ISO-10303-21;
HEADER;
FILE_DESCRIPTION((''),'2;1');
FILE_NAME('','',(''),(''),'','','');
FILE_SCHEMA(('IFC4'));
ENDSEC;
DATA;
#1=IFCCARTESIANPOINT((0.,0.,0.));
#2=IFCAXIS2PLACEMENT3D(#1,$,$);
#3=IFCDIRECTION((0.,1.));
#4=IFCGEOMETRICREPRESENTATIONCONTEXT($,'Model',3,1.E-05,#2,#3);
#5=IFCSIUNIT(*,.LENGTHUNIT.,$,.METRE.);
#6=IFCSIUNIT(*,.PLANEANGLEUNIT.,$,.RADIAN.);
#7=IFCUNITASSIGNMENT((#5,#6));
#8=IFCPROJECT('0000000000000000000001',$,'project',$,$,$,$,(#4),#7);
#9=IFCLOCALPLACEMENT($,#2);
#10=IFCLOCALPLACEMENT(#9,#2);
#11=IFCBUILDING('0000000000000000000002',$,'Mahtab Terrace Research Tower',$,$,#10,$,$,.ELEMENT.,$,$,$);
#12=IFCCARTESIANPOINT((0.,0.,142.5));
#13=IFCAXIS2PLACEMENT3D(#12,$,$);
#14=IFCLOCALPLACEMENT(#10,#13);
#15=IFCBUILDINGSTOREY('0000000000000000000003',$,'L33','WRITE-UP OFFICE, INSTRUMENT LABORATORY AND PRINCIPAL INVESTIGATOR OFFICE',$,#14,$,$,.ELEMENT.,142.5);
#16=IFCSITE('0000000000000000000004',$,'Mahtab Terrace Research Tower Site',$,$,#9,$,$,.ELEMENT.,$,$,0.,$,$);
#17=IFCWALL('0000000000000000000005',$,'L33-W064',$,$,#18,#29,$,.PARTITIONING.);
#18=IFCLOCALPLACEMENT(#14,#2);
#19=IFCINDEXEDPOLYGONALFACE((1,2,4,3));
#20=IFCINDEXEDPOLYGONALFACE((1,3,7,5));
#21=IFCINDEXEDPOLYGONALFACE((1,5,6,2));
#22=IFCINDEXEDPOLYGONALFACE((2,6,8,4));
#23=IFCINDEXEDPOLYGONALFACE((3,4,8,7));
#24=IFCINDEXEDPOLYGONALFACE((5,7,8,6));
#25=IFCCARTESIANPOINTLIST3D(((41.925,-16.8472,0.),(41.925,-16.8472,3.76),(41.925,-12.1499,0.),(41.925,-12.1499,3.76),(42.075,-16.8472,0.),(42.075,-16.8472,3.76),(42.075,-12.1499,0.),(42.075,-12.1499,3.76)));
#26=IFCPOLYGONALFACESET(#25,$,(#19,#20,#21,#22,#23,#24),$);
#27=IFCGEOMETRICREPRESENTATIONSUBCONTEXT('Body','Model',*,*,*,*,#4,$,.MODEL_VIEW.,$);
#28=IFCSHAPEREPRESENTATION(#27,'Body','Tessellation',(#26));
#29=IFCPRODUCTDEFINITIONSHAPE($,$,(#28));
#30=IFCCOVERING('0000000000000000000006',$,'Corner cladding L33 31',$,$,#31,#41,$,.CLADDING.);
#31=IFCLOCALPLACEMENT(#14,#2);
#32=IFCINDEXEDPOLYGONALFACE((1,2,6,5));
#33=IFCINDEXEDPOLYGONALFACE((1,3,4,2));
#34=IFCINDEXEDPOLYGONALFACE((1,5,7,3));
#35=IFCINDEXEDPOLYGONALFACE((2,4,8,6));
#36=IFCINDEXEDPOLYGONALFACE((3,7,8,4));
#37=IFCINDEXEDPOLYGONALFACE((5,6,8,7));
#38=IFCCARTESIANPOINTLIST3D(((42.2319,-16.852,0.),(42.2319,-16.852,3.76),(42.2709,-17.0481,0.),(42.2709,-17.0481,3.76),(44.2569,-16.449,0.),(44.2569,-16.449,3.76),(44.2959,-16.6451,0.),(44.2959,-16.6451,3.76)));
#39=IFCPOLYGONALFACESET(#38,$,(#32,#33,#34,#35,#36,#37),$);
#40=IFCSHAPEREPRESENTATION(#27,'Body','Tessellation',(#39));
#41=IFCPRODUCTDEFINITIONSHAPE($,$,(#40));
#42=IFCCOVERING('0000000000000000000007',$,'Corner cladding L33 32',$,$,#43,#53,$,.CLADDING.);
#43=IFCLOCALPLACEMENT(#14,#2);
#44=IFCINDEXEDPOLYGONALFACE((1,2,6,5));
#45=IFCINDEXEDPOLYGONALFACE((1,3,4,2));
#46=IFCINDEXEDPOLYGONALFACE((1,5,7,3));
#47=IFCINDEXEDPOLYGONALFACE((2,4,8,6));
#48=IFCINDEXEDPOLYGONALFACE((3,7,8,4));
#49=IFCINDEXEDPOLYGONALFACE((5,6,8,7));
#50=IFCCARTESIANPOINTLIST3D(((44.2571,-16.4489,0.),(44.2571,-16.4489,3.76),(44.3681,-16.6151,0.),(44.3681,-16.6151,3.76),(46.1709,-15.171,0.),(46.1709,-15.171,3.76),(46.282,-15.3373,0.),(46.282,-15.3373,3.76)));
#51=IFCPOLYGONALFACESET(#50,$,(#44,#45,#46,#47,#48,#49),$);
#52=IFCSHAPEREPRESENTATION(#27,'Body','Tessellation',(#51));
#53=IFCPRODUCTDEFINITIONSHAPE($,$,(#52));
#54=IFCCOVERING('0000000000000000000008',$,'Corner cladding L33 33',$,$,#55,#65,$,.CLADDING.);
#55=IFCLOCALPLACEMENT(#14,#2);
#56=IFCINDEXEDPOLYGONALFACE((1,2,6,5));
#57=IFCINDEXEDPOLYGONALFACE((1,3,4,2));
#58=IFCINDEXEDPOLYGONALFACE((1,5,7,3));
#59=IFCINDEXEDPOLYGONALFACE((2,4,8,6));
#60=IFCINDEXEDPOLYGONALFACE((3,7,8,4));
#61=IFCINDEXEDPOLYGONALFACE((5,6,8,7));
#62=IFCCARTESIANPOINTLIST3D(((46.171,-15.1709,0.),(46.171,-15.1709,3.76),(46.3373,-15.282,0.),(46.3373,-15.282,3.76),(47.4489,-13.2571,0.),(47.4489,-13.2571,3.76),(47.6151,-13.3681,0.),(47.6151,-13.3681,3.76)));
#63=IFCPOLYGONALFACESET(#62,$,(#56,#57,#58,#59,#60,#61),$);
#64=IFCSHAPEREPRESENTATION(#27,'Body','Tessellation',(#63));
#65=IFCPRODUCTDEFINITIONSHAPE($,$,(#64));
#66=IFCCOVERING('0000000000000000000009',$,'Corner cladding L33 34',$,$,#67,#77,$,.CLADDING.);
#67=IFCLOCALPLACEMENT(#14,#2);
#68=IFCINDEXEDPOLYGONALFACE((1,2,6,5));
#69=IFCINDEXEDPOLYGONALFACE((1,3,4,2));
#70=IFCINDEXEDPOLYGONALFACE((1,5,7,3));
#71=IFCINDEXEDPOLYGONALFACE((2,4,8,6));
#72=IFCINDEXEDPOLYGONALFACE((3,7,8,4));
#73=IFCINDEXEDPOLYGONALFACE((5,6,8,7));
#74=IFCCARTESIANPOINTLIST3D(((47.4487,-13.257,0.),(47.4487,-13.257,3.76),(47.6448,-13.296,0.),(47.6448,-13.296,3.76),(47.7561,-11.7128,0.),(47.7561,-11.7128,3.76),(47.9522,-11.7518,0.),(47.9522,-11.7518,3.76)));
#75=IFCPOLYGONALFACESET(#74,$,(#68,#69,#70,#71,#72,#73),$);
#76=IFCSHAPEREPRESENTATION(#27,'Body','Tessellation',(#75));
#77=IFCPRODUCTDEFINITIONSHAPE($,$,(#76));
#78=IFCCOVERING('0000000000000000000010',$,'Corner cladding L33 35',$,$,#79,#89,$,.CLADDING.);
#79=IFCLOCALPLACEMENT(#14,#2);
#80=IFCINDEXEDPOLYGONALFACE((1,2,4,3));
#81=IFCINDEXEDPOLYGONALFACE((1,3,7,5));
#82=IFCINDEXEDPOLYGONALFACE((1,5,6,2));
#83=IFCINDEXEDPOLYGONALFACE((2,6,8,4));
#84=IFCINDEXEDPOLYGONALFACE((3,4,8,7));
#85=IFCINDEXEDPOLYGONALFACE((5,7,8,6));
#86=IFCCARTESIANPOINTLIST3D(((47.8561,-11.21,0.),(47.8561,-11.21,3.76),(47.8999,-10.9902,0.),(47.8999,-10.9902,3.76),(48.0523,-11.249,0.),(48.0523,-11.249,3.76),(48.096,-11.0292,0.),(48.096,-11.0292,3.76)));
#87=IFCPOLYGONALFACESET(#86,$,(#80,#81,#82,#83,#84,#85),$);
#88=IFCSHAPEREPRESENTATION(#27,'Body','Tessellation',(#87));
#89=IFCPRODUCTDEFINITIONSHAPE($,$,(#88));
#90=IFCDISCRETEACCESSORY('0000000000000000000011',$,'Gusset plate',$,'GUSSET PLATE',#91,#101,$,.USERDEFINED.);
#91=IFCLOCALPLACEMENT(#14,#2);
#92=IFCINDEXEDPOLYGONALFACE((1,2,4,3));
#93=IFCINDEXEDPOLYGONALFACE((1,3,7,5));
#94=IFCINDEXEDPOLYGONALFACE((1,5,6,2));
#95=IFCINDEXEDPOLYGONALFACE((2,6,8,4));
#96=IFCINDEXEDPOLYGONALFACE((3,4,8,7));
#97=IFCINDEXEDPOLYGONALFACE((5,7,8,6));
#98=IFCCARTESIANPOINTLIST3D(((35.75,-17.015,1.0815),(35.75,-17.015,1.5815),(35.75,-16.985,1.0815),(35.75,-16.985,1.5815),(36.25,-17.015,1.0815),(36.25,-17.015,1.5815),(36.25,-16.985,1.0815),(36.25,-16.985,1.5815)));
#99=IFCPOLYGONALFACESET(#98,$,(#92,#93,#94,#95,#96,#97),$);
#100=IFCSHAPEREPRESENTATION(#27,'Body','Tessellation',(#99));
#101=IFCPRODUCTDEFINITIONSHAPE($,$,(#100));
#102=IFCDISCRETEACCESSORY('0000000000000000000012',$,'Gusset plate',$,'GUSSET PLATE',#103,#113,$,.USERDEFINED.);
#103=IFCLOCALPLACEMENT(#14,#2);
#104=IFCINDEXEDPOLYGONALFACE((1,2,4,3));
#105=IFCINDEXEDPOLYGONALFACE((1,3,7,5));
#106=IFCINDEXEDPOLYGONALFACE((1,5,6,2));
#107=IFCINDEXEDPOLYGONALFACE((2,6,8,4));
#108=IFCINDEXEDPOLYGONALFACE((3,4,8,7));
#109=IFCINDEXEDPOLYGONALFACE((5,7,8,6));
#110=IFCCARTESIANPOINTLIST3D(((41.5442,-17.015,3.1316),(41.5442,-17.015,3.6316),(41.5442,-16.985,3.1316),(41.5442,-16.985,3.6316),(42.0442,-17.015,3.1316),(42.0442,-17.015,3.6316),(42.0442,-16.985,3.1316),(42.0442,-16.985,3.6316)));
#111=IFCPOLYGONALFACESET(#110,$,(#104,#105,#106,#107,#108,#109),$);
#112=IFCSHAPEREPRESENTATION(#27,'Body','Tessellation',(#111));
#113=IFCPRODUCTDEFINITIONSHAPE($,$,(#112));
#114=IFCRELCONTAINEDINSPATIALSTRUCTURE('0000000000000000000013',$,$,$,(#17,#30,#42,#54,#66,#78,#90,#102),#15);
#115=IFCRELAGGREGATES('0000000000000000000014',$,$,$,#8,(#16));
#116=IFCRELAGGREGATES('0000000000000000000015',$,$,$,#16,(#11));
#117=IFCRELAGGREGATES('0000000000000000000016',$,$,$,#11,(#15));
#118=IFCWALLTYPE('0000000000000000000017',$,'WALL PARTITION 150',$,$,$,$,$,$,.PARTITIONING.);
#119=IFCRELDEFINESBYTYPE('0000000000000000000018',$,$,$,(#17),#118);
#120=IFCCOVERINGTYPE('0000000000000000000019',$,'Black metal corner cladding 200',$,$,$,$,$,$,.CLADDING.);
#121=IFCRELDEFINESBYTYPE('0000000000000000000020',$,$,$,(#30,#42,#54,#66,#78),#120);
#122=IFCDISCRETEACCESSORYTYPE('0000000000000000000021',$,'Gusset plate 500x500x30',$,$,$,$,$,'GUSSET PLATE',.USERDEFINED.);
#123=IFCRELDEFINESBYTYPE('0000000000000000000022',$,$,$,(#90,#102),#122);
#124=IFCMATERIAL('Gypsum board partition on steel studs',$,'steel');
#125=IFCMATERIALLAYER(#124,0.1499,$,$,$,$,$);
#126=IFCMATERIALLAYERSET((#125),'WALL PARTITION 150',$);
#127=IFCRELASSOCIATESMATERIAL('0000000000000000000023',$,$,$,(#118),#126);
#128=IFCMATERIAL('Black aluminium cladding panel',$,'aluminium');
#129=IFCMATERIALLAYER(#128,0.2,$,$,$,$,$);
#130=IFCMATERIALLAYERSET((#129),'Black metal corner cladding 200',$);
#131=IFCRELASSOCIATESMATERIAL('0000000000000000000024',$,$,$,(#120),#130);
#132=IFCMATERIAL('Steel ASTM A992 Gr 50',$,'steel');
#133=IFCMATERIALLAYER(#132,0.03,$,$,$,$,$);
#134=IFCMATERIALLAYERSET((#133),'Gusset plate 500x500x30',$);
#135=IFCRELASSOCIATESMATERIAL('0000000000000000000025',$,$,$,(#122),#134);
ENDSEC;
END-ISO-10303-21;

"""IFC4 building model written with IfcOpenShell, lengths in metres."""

from ifc_helpers import new_model, si_unit, direction, frame, frame_2d, origin, origin_2d, place, context, subcontext, project, spatial, rectangle, extrude, material, layer, layer_set, type_object, element, save


model = new_model("IFC4")

# Units and contexts
model_context = context("Model", 3, precision=1e-05, world=origin(), true_north=direction((0.0, 1.0)))
body_context = subcontext(model_context, "Body", "Model", "MODEL_VIEW")
ifc_project = project(units=[si_unit("LENGTHUNIT", "METRE"), si_unit("PLANEANGLEUNIT", "RADIAN")], contexts=[model_context])

# Site, building, storey
site_placement = place(None, origin())
site = spatial("IfcSite", under=ifc_project, at=site_placement, Name="Mahtab Terrace Research Tower Site", CompositionType="ELEMENT", RefElevation=0.0)
building_placement = place(site_placement, origin())
building = spatial("IfcBuilding", under=site, at=building_placement, Name="Mahtab Terrace Research Tower", CompositionType="ELEMENT")
storey_placement = place(building_placement, frame((0.0, 0.0, 142.5)))
storey = spatial("IfcBuildingStorey", under=building, at=storey_placement, Name="L33", Description="WRITE-UP OFFICE, INSTRUMENT LABORATORY AND PRINCIPAL INVESTIGATOR OFFICE", CompositionType="ELEMENT", Elevation=142.5)

# Shared definitions
ifc_material_1 = material(Name="Steel ASTM A992 Gr 50", Category="steel")

# Wall
ifc_material_2 = material(Name="Gypsum board partition on steel studs", Category="steel")
ifc_layer_1 = layer(ifc_material_2, 0.1499)
ifc_layer_set_1 = layer_set([ifc_layer_1], Name="WALL PARTITION 150")
wall_type_1 = type_object("IfcWallType", Name="WALL PARTITION 150", PredefinedType="PARTITIONING", material=ifc_layer_set_1)
wall_1_placement = place(storey_placement, frame((42.0, -16.8472, 0.0), z_axis=(0.0, 0.0, 1.0), x_axis=(0.0, 1.0, 0.0)))
element("IfcWall", 1, at=wall_1_placement, inside=storey, type_object=wall_type_1, Name="L33-W064", PredefinedType="PARTITIONING", context=body_context, shape_type="SweptSolid", body=[
    extrude(rectangle(XDim=4.6973, YDim=0.1499, at=frame_2d((2.3486, 0.0))), origin(), (0.0, 0.0, 1.0), 3.76),
])

# Coverings
ifc_material_3 = material(Name="Black aluminium cladding panel", Category="aluminium")
ifc_layer_2 = layer(ifc_material_3, 0.2)
ifc_layer_set_2 = layer_set([ifc_layer_2], Name="Black metal corner cladding 200")
covering_type = type_object("IfcCoveringType", Name="Black metal corner cladding 200", PredefinedType="CLADDING", material=ifc_layer_set_2)
covering_1_placement = place(storey_placement, frame((43.2639, -16.7485, 0.0), z_axis=(0.0, 0.0, 1.0), x_axis=(0.980761, 0.195212, 0.0)))
element("IfcCovering", 2, at=covering_1_placement, inside=storey, type_object=covering_type, Name="Corner cladding L33 31", PredefinedType="CLADDING", context=body_context, shape_type="SweptSolid", body=[
    extrude(rectangle(XDim=2.0647, YDim=0.2, at=origin_2d()), origin(), (0.0, 0.0, 1.0), 3.76),
])
for number, where, z_axis, x_axis, name in (
    (3, (45.2695, -15.8931, 0.0), (0.0, 0.0, 1.0), (0.831656, 0.555291, 0.0), "Corner cladding L33 32"),
    (4, (46.8931, -14.2695, 0.0), (0.0, 0.0, 1.0), (0.555291, 0.831656, 0.0), "Corner cladding L33 33"),
):
    element("IfcCovering", number, at=place(storey_placement, frame(where, z_axis=z_axis, x_axis=x_axis)), inside=storey, type_object=covering_type, Name=name, PredefinedType="CLADDING", context=body_context, shape_type="SweptSolid", body=[
        extrude(rectangle(XDim=2.3013, YDim=0.2, at=origin_2d()), origin(), (0.0, 0.0, 1.0), 3.76),
    ])
covering_2_placement = place(storey_placement, frame((47.7004, -12.5044, 0.0), z_axis=(0.0, 0.0, 1.0), x_axis=(0.195212, 0.980761, 0.0)))
element("IfcCovering", 5, at=covering_2_placement, inside=storey, type_object=covering_type, Name="Corner cladding L33 34", PredefinedType="CLADDING", context=body_context, shape_type="SweptSolid", body=[
    extrude(rectangle(XDim=1.5745, YDim=0.2, at=origin_2d()), origin(), (0.0, 0.0, 1.0), 3.76),
])
covering_3_placement = place(storey_placement, frame((47.9761, -11.1196, 0.0), z_axis=(0.0, 0.0, 1.0), x_axis=(0.195212, 0.980761, 0.0)))
element("IfcCovering", 6, at=covering_3_placement, inside=storey, type_object=covering_type, Name="Corner cladding L33 35", PredefinedType="CLADDING", context=body_context, shape_type="SweptSolid", body=[
    extrude(rectangle(XDim=0.2241, YDim=0.2, at=origin_2d()), origin(), (0.0, 0.0, 1.0), 3.76),
])

# Discrete accessories
ifc_layer_3 = layer(ifc_material_1, 0.03)
ifc_layer_set_3 = layer_set([ifc_layer_3], Name="Gusset plate 500x500x30")
discrete_accessory_type = type_object("IfcDiscreteAccessoryType", Name="Gusset plate 500x500x30", ElementType="GUSSET PLATE", PredefinedType="USERDEFINED", material=ifc_layer_set_3)
for number, where, z_axis, x_axis, name in (
    (7, (36.0, -17.0, 1.0815), (0.0, 0.0, 1.0), (1.0, 0.0, 0.0), "Gusset plate"),
    (8, (41.7942, -17.0, 3.1316), (0.0, 0.0, 1.0), (1.0, 0.0, 0.0), "Gusset plate"),
):
    element("IfcDiscreteAccessory", number, at=place(storey_placement, frame(where, z_axis=z_axis, x_axis=x_axis)), inside=storey, type_object=discrete_accessory_type, Name=name, ObjectType="GUSSET PLATE", PredefinedType="USERDEFINED", context=body_context, shape_type="SweptSolid", body=[
        extrude(rectangle(XDim=0.5, YDim=0.03, at=origin_2d()), origin(), (0.0, 0.0, 1.0), 0.5),
    ])

save(model, "model.ifc")
